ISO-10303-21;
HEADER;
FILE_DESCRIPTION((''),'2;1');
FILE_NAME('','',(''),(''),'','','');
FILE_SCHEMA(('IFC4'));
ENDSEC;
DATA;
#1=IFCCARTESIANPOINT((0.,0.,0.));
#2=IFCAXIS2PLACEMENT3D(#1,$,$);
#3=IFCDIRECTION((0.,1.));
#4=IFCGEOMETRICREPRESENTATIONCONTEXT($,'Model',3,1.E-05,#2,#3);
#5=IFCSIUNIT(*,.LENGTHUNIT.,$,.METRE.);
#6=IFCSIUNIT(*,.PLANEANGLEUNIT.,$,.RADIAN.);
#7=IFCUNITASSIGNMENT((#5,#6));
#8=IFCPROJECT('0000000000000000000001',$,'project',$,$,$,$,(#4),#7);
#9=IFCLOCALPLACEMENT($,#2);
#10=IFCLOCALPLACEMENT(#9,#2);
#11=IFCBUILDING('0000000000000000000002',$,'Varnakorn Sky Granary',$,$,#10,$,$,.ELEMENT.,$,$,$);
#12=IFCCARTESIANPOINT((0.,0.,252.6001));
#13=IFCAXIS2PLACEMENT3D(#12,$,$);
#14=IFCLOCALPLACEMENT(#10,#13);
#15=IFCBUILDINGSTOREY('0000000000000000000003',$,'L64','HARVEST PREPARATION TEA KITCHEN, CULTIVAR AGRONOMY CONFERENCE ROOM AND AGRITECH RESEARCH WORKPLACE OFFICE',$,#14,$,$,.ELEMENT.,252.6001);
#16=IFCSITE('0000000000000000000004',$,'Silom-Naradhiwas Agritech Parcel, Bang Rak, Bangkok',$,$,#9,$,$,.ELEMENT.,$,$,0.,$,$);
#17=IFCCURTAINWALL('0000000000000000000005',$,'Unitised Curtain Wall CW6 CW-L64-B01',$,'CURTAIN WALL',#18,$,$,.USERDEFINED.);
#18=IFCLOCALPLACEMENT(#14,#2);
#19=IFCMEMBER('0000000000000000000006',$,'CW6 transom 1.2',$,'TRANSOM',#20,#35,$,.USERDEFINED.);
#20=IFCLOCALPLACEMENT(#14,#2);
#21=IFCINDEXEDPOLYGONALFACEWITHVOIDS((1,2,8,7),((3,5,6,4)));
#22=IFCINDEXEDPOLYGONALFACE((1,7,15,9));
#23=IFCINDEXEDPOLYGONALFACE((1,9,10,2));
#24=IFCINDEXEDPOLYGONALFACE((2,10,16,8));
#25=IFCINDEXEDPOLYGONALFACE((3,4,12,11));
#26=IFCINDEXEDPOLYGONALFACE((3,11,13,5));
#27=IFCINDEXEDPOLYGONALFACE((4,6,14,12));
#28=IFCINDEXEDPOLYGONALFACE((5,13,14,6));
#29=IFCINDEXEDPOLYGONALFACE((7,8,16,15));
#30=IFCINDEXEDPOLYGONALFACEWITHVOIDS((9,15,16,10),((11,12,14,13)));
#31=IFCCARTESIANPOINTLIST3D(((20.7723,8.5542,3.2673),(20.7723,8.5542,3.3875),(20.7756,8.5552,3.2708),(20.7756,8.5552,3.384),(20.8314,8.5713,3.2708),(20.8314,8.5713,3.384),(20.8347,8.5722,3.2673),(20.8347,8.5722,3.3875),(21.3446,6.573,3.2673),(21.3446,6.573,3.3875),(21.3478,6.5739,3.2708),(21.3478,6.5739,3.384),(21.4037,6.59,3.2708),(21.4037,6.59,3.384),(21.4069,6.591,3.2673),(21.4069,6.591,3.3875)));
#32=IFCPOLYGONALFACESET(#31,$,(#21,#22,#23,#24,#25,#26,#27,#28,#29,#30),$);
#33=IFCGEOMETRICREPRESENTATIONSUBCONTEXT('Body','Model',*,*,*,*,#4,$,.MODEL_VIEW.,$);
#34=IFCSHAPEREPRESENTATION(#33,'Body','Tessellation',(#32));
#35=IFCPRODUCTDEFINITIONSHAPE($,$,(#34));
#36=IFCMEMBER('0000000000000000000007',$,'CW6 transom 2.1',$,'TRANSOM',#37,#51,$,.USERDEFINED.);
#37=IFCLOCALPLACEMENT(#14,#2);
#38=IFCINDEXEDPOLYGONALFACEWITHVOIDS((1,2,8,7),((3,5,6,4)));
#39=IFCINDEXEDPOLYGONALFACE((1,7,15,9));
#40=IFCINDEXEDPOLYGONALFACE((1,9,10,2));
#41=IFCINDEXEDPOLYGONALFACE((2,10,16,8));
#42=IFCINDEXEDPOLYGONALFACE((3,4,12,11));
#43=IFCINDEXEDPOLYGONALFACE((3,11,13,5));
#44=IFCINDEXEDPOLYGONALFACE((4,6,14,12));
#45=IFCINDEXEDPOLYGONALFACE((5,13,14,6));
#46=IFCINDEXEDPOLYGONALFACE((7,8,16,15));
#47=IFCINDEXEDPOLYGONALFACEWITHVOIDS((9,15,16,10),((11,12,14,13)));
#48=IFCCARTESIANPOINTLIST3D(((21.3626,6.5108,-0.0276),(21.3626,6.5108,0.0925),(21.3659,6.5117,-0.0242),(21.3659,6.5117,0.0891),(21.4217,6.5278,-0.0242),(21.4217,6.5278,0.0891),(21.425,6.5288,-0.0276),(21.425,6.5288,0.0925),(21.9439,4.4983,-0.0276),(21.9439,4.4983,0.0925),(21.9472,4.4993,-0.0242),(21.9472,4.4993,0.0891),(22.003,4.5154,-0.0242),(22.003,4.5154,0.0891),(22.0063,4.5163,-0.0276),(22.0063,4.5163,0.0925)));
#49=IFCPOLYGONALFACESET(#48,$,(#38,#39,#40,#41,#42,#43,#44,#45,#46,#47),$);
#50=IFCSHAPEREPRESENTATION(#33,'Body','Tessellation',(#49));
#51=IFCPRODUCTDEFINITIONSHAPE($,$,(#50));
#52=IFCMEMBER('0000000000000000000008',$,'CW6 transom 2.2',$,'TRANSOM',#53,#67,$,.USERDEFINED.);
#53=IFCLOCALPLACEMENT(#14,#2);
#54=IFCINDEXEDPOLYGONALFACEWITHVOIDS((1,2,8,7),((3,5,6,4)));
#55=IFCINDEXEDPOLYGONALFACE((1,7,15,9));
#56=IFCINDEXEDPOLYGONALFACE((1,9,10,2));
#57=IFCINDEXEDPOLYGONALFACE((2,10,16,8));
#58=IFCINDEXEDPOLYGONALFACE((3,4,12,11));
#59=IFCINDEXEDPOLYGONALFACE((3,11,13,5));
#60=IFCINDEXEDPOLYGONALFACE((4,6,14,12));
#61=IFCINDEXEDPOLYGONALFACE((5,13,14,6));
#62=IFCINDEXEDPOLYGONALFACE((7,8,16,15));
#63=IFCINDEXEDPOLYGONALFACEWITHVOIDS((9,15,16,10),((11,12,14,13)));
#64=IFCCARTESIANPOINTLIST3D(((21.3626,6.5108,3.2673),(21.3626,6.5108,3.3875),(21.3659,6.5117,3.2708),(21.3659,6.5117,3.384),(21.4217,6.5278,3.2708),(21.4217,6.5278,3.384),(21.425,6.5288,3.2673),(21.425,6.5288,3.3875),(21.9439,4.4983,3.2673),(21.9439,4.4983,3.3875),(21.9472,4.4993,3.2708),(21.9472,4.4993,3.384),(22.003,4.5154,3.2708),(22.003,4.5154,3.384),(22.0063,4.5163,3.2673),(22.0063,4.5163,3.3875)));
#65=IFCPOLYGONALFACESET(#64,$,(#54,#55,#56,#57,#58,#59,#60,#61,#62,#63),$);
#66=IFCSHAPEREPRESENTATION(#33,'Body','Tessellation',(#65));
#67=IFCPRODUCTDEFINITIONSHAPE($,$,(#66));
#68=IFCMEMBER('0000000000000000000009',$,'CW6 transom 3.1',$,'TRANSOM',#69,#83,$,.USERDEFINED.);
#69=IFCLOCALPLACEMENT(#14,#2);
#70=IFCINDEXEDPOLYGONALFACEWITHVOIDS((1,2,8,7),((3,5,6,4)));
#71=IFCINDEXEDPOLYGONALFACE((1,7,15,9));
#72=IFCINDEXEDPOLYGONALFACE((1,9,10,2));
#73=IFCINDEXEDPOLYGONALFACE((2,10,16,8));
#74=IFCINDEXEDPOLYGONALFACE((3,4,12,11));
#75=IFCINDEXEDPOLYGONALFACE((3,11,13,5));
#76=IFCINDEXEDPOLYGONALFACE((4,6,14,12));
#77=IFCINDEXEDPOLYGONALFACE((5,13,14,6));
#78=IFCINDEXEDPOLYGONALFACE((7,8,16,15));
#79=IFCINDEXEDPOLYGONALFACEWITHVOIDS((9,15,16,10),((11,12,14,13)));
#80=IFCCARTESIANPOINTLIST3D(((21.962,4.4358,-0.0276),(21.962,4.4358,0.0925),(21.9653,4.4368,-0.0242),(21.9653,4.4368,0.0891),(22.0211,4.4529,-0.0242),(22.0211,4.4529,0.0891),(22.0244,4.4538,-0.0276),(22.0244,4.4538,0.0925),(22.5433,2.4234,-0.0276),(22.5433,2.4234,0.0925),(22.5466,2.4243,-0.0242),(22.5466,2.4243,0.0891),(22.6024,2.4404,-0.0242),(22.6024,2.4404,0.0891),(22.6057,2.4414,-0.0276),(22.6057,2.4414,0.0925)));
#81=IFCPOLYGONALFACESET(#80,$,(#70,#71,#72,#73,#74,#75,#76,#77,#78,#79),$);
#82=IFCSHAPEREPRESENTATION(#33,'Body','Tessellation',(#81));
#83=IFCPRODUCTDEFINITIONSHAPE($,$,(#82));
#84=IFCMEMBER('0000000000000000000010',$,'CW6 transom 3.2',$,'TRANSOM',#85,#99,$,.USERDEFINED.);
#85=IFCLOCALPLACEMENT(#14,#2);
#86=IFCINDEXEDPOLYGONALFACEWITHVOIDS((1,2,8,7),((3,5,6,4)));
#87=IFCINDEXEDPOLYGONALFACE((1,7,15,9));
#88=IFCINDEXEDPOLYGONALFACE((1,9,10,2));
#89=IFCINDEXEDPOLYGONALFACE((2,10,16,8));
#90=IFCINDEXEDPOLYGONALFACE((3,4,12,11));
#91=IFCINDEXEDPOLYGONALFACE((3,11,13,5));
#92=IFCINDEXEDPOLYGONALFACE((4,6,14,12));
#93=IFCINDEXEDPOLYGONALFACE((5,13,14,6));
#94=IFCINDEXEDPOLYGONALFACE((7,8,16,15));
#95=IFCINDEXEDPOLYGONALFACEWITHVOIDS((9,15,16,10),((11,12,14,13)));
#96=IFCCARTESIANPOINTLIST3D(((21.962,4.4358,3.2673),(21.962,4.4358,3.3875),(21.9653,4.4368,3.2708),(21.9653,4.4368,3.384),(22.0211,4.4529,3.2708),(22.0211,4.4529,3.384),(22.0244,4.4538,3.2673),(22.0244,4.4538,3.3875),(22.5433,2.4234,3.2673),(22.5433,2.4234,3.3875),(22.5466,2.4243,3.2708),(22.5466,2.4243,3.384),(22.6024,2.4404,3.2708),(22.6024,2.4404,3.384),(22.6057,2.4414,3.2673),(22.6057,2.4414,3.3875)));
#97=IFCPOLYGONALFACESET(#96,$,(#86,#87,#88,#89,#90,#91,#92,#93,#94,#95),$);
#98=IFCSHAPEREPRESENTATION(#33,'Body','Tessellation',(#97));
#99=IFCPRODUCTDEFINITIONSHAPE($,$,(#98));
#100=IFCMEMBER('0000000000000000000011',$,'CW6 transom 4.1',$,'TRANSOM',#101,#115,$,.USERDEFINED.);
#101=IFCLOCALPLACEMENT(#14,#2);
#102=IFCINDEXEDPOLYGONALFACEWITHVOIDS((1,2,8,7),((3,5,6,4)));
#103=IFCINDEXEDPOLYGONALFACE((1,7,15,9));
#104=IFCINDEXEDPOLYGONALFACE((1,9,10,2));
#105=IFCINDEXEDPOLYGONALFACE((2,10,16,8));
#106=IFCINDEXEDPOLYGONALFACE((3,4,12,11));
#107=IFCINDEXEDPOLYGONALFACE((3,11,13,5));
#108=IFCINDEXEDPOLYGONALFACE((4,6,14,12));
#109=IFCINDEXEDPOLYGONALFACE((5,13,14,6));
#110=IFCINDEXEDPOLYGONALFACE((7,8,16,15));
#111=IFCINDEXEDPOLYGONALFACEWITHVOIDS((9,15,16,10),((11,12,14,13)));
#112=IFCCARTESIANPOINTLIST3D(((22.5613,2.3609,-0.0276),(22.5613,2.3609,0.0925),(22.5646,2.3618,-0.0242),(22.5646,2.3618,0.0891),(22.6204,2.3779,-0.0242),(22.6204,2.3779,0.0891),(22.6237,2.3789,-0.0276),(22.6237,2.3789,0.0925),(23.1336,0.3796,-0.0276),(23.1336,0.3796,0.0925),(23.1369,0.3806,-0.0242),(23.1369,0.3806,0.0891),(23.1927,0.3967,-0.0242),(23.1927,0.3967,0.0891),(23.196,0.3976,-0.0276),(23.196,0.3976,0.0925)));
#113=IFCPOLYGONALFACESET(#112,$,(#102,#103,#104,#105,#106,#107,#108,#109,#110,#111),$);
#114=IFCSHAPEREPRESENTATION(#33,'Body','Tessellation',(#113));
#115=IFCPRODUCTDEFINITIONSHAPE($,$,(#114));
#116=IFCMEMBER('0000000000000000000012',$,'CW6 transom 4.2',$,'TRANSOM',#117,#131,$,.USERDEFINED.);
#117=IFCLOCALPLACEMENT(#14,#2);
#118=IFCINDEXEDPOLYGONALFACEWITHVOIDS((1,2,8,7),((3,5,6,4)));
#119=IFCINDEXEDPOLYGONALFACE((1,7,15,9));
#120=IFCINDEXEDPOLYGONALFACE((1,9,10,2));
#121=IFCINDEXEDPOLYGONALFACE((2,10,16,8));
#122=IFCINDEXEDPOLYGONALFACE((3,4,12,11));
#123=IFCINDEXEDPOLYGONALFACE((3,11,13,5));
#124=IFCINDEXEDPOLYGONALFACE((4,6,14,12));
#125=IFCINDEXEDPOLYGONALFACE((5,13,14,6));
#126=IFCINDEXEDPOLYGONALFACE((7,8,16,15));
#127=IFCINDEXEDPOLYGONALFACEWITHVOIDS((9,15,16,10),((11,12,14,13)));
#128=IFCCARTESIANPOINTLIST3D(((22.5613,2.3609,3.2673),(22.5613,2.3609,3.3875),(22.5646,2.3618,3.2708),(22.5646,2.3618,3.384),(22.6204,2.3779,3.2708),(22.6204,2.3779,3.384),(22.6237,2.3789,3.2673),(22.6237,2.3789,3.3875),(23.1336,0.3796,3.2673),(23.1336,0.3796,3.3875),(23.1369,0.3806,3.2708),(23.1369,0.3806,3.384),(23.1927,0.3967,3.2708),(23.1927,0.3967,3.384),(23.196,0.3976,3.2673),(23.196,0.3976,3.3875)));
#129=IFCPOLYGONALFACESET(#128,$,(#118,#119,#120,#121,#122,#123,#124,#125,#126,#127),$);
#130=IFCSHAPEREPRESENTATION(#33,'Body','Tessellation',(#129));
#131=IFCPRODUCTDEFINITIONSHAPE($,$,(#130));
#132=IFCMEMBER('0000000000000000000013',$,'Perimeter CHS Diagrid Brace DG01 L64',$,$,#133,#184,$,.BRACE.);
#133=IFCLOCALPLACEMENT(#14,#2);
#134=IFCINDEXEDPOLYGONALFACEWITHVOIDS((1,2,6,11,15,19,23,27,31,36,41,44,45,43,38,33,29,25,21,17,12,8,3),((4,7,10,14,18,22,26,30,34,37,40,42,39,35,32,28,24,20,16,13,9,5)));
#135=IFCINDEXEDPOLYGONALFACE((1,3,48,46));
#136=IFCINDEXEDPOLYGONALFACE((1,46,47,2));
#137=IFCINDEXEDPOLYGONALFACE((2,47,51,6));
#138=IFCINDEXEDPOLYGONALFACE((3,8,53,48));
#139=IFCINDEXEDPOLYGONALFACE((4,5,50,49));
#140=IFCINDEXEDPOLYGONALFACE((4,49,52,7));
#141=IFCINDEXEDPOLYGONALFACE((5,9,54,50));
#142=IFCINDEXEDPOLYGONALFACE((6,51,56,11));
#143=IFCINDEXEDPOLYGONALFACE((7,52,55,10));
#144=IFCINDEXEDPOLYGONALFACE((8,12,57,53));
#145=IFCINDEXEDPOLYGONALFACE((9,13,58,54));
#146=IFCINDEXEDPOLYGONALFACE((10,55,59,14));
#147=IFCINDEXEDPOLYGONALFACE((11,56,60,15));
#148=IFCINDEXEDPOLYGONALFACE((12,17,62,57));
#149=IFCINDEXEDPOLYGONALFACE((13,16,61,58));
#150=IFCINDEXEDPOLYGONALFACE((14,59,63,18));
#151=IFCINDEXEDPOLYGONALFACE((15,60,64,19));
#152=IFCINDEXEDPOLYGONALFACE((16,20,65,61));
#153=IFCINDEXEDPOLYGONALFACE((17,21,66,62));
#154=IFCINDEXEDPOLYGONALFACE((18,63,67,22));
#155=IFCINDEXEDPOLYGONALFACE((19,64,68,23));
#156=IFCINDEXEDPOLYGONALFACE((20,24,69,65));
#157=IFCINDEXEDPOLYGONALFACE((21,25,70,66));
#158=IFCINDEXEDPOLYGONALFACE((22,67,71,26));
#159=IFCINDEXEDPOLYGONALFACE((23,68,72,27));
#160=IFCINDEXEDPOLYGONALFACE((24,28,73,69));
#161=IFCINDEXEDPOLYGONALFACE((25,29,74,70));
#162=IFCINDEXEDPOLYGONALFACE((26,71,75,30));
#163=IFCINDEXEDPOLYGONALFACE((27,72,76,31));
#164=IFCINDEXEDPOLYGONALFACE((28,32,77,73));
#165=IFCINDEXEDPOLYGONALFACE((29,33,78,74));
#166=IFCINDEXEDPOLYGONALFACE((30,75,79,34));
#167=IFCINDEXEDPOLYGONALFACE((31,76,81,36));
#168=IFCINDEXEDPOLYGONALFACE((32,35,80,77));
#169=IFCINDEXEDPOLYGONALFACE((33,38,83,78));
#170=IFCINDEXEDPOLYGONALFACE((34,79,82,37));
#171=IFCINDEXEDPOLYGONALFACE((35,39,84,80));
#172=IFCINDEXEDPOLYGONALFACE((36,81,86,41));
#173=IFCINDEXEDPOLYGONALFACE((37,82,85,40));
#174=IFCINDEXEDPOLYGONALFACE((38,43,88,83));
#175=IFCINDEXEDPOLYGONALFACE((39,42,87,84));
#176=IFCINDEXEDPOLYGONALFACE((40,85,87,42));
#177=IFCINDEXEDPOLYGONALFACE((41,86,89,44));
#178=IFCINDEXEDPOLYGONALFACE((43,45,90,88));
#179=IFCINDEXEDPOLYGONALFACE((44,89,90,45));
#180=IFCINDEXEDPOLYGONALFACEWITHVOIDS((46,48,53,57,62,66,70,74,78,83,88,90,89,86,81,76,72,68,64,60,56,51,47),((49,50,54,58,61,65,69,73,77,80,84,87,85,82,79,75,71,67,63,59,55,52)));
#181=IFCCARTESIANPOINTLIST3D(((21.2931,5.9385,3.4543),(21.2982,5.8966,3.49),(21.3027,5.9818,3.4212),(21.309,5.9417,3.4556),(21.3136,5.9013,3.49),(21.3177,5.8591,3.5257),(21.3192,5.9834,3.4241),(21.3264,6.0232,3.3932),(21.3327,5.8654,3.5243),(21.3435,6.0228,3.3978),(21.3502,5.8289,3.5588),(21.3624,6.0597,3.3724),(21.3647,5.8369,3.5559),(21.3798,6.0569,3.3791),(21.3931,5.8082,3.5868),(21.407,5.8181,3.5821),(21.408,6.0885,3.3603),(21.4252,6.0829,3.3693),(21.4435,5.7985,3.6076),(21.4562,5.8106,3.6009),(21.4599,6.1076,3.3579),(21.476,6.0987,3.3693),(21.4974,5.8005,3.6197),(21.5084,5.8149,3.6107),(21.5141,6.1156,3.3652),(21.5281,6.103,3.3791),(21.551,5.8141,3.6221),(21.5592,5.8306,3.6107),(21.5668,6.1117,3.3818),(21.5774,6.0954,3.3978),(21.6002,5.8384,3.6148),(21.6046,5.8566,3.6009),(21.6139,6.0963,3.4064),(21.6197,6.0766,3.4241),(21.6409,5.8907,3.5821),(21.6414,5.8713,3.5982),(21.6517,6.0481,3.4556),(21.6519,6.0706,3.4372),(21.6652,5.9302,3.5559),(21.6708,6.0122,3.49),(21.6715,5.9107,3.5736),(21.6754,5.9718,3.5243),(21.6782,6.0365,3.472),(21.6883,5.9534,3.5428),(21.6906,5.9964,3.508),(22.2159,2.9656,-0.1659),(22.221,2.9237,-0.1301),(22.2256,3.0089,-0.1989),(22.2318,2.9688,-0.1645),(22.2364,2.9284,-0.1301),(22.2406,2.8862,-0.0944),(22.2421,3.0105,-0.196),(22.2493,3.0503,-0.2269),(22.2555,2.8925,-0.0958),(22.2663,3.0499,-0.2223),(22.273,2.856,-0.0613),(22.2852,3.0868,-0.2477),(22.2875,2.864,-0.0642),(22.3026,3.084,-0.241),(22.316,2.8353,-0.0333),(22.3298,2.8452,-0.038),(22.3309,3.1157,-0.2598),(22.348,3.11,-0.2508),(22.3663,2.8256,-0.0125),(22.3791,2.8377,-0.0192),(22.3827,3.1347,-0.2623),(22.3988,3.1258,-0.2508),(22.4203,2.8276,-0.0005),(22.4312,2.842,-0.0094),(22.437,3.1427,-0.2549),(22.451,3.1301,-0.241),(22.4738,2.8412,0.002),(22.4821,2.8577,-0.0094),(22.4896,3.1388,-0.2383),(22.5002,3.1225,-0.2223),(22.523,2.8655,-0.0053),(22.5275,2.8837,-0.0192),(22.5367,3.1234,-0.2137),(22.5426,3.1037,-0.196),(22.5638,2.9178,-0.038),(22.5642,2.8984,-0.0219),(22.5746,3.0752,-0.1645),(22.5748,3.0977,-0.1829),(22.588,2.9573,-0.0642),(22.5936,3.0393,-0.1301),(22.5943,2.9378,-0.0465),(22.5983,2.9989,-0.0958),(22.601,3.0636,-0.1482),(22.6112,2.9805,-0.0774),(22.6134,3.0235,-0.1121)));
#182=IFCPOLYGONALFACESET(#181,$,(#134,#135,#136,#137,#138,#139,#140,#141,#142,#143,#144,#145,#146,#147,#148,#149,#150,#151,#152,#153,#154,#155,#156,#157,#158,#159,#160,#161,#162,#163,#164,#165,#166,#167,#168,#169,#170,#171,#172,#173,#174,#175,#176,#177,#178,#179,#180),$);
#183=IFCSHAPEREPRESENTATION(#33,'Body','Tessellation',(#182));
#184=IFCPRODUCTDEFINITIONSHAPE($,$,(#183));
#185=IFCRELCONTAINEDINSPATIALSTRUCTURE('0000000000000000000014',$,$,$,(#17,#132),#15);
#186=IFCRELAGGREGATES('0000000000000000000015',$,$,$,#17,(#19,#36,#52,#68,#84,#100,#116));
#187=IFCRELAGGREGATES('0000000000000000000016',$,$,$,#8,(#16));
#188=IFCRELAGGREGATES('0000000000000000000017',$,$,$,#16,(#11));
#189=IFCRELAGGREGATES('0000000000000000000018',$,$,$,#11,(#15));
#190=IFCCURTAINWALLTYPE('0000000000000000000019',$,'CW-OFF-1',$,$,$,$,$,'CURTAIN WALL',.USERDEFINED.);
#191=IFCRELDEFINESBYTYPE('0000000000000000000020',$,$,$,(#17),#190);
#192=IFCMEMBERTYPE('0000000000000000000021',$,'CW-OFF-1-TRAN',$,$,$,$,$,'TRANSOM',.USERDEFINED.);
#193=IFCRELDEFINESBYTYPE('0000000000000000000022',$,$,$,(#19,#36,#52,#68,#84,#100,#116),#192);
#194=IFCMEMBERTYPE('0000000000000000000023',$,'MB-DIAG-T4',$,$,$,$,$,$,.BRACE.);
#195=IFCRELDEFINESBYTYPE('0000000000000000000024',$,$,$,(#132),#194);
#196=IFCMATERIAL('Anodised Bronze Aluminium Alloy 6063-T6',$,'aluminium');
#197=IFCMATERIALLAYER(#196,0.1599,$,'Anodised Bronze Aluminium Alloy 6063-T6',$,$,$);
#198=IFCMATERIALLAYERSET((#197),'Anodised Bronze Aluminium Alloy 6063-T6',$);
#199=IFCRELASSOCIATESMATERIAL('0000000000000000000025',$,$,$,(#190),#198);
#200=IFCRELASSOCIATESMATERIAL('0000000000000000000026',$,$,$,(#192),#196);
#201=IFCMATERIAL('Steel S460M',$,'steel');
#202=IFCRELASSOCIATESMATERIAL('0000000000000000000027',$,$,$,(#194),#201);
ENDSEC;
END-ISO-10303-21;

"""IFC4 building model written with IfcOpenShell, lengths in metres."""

from ifc_helpers import new_model, si_unit, direction, frame, origin, origin_2d, place, context, subcontext, project, spatial, hollow_rectangle, hollow_circle, extrude, material, layer, layer_set, material_profile, profile_set, type_object, element, aggregate, save


model = new_model("IFC4")

# Units and contexts
model_context = context("Model", 3, precision=1e-05, world=origin(), true_north=direction((0.0, 1.0)))
body_context = subcontext(model_context, "Body", "Model", "MODEL_VIEW")
ifc_project = project(units=[si_unit("LENGTHUNIT", "METRE"), si_unit("PLANEANGLEUNIT", "RADIAN")], contexts=[model_context])

# Site, building, storey
site_placement = place(None, origin())
site = spatial("IfcSite", under=ifc_project, at=site_placement, Name="Silom-Naradhiwas Agritech Parcel, Bang Rak, Bangkok", CompositionType="ELEMENT", RefElevation=0.0)
building_placement = place(site_placement, origin())
building = spatial("IfcBuilding", under=site, at=building_placement, Name="Varnakorn Sky Granary", CompositionType="ELEMENT")
storey_placement = place(building_placement, frame((0.0, 0.0, 252.6001)))
storey = spatial("IfcBuildingStorey", under=building, at=storey_placement, Name="L64", Description="HARVEST PREPARATION TEA KITCHEN, CULTIVAR AGRONOMY CONFERENCE ROOM AND AGRITECH RESEARCH WORKPLACE OFFICE", CompositionType="ELEMENT", Elevation=252.6001)

# Shared definitions
ifc_material_1 = material(Name="Steel S460M", Category="steel")

# Curtain wall, members
ifc_material_2 = material(Name="Anodised Bronze Aluminium Alloy 6063-T6", Category="aluminium")
ifc_layer_1 = layer(ifc_material_2, 0.1599, Name="Anodised Bronze Aluminium Alloy 6063-T6")
ifc_layer_set_1 = layer_set([ifc_layer_1], Name="Anodised Bronze Aluminium Alloy 6063-T6")
curtain_wall_type = type_object("IfcCurtainWallType", Name="CW-OFF-1", ElementType="CURTAIN WALL", PredefinedType="USERDEFINED", material=ifc_layer_set_1)
curtain_wall_placement = place(storey_placement, origin())
curtain_wall = element("IfcCurtainWall", 1, at=curtain_wall_placement, inside=storey, type_object=curtain_wall_type, Name="Unitised Curtain Wall CW6 CW-L64-B01", ObjectType="CURTAIN WALL", PredefinedType="USERDEFINED")
ifc_material_profile_1 = material_profile(ifc_material_2, hollow_rectangle(XDim=0.0649, YDim=0.1201, WallThickness=0.0034, at=origin_2d()), Name="ALU TRAN 65x120")
ifc_profile_set_1 = profile_set([ifc_material_profile_1], Name="Anodised Bronze Aluminium Alloy 6063-T6")
member_type_1 = type_object("IfcMemberType", Name="CW-OFF-1-TRAN", ElementType="TRANSOM", PredefinedType="USERDEFINED", material=ifc_profile_set_1)
member_1_placement = place(storey_placement, frame((20.8035, 8.5632, 3.3274), z_axis=(0.277503, -0.960725, 0.0), x_axis=(0.960725, 0.277503, 0.0)))
member_1 = element("IfcMember", 2, at=member_1_placement, type_object=member_type_1, Name="CW6 transom 1.2", ObjectType="TRANSOM", PredefinedType="USERDEFINED", context=body_context, shape_type="SweptSolid", body=[
    extrude(hollow_rectangle(XDim=0.0649, YDim=0.1201, WallThickness=0.0034, at=origin_2d()), origin(), (0.0, 0.0, 1.0), 2.0623),
])
member_2_placement = place(storey_placement, frame((21.3938, 6.5198, 0.0325), z_axis=(0.277506, -0.960724, 0.0), x_axis=(0.960724, 0.277506, 0.0)))
member_2 = element("IfcMember", 3, at=member_2_placement, type_object=member_type_1, Name="CW6 transom 2.1", ObjectType="TRANSOM", PredefinedType="USERDEFINED", context=body_context, shape_type="SweptSolid", body=[
    extrude(hollow_rectangle(XDim=0.0649, YDim=0.1201, WallThickness=0.0034, at=origin_2d()), origin(), (0.0, 0.0, 1.0), 2.0947),
])
member_3_placement = place(storey_placement, frame((21.3938, 6.5198, 3.3274), z_axis=(0.277506, -0.960724, 0.0), x_axis=(0.960724, 0.277506, 0.0)))
member_3 = element("IfcMember", 4, at=member_3_placement, type_object=member_type_1, Name="CW6 transom 2.2", ObjectType="TRANSOM", PredefinedType="USERDEFINED", context=body_context, shape_type="SweptSolid", body=[
    extrude(hollow_rectangle(XDim=0.0649, YDim=0.1201, WallThickness=0.0034, at=origin_2d()), origin(), (0.0, 0.0, 1.0), 2.0947),
])
member_4_placement = place(storey_placement, frame((21.9932, 4.4448, 0.0325), z_axis=(0.277506, -0.960724, 0.0), x_axis=(0.960724, 0.277506, 0.0)))
member_4 = element("IfcMember", 5, at=member_4_placement, type_object=member_type_1, Name="CW6 transom 3.1", ObjectType="TRANSOM", PredefinedType="USERDEFINED", context=body_context, shape_type="SweptSolid", body=[
    extrude(hollow_rectangle(XDim=0.0649, YDim=0.1201, WallThickness=0.0034, at=origin_2d()), origin(), (0.0, 0.0, 1.0), 2.0947),
])
member_5_placement = place(storey_placement, frame((21.9932, 4.4448, 3.3274), z_axis=(0.277506, -0.960724, 0.0), x_axis=(0.960724, 0.277506, 0.0)))
member_5 = element("IfcMember", 6, at=member_5_placement, type_object=member_type_1, Name="CW6 transom 3.2", ObjectType="TRANSOM", PredefinedType="USERDEFINED", context=body_context, shape_type="SweptSolid", body=[
    extrude(hollow_rectangle(XDim=0.0649, YDim=0.1201, WallThickness=0.0034, at=origin_2d()), origin(), (0.0, 0.0, 1.0), 2.0947),
])
member_6_placement = place(storey_placement, frame((22.5925, 2.3699, 0.0325), z_axis=(0.277503, -0.960725, 0.0), x_axis=(0.960725, 0.277503, 0.0)))
member_6 = element("IfcMember", 7, at=member_6_placement, type_object=member_type_1, Name="CW6 transom 4.1", ObjectType="TRANSOM", PredefinedType="USERDEFINED", context=body_context, shape_type="SweptSolid", body=[
    extrude(hollow_rectangle(XDim=0.0649, YDim=0.1201, WallThickness=0.0034, at=origin_2d()), origin(), (0.0, 0.0, 1.0), 2.0623),
])
member_7_placement = place(storey_placement, frame((22.5925, 2.3699, 3.3274), z_axis=(0.277503, -0.960725, 0.0), x_axis=(0.960725, 0.277503, 0.0)))
member_7 = element("IfcMember", 8, at=member_7_placement, type_object=member_type_1, Name="CW6 transom 4.2", ObjectType="TRANSOM", PredefinedType="USERDEFINED", context=body_context, shape_type="SweptSolid", body=[
    extrude(hollow_rectangle(XDim=0.0649, YDim=0.1201, WallThickness=0.0034, at=origin_2d()), origin(), (0.0, 0.0, 1.0), 2.0623),
])

# Member
ifc_material_profile_2 = material_profile(ifc_material_1, hollow_circle(Radius=0.2031, WallThickness=0.0161, at=origin_2d()), Name="CHS 406.4x16")
ifc_profile_set_2 = profile_set([ifc_material_profile_2], Name="Steel S460M")
member_type_2 = type_object("IfcMemberType", Name="MB-DIAG-T4", PredefinedType="BRACE", material=ifc_profile_set_2)
member_8_placement = place(storey_placement, frame((22.415, 2.9839, -0.1301), z_axis=(-0.193291, 0.622673, 0.758233), x_axis=(-0.955043, -0.296466, 0.0)))
element("IfcMember", 9, at=member_8_placement, inside=storey, type_object=member_type_2, Name="Perimeter CHS Diagrid Brace DG01 L64", PredefinedType="BRACE", context=body_context, shape_type="SweptSolid", body=[
    extrude(hollow_circle(Radius=0.2031, WallThickness=0.0161, at=origin_2d()), origin(), (0.0, 0.0, 1.0), 4.7744),
])

aggregate(curtain_wall, [member_1, member_2, member_3, member_4, member_5, member_6, member_7])

save(model, "model.ifc")
